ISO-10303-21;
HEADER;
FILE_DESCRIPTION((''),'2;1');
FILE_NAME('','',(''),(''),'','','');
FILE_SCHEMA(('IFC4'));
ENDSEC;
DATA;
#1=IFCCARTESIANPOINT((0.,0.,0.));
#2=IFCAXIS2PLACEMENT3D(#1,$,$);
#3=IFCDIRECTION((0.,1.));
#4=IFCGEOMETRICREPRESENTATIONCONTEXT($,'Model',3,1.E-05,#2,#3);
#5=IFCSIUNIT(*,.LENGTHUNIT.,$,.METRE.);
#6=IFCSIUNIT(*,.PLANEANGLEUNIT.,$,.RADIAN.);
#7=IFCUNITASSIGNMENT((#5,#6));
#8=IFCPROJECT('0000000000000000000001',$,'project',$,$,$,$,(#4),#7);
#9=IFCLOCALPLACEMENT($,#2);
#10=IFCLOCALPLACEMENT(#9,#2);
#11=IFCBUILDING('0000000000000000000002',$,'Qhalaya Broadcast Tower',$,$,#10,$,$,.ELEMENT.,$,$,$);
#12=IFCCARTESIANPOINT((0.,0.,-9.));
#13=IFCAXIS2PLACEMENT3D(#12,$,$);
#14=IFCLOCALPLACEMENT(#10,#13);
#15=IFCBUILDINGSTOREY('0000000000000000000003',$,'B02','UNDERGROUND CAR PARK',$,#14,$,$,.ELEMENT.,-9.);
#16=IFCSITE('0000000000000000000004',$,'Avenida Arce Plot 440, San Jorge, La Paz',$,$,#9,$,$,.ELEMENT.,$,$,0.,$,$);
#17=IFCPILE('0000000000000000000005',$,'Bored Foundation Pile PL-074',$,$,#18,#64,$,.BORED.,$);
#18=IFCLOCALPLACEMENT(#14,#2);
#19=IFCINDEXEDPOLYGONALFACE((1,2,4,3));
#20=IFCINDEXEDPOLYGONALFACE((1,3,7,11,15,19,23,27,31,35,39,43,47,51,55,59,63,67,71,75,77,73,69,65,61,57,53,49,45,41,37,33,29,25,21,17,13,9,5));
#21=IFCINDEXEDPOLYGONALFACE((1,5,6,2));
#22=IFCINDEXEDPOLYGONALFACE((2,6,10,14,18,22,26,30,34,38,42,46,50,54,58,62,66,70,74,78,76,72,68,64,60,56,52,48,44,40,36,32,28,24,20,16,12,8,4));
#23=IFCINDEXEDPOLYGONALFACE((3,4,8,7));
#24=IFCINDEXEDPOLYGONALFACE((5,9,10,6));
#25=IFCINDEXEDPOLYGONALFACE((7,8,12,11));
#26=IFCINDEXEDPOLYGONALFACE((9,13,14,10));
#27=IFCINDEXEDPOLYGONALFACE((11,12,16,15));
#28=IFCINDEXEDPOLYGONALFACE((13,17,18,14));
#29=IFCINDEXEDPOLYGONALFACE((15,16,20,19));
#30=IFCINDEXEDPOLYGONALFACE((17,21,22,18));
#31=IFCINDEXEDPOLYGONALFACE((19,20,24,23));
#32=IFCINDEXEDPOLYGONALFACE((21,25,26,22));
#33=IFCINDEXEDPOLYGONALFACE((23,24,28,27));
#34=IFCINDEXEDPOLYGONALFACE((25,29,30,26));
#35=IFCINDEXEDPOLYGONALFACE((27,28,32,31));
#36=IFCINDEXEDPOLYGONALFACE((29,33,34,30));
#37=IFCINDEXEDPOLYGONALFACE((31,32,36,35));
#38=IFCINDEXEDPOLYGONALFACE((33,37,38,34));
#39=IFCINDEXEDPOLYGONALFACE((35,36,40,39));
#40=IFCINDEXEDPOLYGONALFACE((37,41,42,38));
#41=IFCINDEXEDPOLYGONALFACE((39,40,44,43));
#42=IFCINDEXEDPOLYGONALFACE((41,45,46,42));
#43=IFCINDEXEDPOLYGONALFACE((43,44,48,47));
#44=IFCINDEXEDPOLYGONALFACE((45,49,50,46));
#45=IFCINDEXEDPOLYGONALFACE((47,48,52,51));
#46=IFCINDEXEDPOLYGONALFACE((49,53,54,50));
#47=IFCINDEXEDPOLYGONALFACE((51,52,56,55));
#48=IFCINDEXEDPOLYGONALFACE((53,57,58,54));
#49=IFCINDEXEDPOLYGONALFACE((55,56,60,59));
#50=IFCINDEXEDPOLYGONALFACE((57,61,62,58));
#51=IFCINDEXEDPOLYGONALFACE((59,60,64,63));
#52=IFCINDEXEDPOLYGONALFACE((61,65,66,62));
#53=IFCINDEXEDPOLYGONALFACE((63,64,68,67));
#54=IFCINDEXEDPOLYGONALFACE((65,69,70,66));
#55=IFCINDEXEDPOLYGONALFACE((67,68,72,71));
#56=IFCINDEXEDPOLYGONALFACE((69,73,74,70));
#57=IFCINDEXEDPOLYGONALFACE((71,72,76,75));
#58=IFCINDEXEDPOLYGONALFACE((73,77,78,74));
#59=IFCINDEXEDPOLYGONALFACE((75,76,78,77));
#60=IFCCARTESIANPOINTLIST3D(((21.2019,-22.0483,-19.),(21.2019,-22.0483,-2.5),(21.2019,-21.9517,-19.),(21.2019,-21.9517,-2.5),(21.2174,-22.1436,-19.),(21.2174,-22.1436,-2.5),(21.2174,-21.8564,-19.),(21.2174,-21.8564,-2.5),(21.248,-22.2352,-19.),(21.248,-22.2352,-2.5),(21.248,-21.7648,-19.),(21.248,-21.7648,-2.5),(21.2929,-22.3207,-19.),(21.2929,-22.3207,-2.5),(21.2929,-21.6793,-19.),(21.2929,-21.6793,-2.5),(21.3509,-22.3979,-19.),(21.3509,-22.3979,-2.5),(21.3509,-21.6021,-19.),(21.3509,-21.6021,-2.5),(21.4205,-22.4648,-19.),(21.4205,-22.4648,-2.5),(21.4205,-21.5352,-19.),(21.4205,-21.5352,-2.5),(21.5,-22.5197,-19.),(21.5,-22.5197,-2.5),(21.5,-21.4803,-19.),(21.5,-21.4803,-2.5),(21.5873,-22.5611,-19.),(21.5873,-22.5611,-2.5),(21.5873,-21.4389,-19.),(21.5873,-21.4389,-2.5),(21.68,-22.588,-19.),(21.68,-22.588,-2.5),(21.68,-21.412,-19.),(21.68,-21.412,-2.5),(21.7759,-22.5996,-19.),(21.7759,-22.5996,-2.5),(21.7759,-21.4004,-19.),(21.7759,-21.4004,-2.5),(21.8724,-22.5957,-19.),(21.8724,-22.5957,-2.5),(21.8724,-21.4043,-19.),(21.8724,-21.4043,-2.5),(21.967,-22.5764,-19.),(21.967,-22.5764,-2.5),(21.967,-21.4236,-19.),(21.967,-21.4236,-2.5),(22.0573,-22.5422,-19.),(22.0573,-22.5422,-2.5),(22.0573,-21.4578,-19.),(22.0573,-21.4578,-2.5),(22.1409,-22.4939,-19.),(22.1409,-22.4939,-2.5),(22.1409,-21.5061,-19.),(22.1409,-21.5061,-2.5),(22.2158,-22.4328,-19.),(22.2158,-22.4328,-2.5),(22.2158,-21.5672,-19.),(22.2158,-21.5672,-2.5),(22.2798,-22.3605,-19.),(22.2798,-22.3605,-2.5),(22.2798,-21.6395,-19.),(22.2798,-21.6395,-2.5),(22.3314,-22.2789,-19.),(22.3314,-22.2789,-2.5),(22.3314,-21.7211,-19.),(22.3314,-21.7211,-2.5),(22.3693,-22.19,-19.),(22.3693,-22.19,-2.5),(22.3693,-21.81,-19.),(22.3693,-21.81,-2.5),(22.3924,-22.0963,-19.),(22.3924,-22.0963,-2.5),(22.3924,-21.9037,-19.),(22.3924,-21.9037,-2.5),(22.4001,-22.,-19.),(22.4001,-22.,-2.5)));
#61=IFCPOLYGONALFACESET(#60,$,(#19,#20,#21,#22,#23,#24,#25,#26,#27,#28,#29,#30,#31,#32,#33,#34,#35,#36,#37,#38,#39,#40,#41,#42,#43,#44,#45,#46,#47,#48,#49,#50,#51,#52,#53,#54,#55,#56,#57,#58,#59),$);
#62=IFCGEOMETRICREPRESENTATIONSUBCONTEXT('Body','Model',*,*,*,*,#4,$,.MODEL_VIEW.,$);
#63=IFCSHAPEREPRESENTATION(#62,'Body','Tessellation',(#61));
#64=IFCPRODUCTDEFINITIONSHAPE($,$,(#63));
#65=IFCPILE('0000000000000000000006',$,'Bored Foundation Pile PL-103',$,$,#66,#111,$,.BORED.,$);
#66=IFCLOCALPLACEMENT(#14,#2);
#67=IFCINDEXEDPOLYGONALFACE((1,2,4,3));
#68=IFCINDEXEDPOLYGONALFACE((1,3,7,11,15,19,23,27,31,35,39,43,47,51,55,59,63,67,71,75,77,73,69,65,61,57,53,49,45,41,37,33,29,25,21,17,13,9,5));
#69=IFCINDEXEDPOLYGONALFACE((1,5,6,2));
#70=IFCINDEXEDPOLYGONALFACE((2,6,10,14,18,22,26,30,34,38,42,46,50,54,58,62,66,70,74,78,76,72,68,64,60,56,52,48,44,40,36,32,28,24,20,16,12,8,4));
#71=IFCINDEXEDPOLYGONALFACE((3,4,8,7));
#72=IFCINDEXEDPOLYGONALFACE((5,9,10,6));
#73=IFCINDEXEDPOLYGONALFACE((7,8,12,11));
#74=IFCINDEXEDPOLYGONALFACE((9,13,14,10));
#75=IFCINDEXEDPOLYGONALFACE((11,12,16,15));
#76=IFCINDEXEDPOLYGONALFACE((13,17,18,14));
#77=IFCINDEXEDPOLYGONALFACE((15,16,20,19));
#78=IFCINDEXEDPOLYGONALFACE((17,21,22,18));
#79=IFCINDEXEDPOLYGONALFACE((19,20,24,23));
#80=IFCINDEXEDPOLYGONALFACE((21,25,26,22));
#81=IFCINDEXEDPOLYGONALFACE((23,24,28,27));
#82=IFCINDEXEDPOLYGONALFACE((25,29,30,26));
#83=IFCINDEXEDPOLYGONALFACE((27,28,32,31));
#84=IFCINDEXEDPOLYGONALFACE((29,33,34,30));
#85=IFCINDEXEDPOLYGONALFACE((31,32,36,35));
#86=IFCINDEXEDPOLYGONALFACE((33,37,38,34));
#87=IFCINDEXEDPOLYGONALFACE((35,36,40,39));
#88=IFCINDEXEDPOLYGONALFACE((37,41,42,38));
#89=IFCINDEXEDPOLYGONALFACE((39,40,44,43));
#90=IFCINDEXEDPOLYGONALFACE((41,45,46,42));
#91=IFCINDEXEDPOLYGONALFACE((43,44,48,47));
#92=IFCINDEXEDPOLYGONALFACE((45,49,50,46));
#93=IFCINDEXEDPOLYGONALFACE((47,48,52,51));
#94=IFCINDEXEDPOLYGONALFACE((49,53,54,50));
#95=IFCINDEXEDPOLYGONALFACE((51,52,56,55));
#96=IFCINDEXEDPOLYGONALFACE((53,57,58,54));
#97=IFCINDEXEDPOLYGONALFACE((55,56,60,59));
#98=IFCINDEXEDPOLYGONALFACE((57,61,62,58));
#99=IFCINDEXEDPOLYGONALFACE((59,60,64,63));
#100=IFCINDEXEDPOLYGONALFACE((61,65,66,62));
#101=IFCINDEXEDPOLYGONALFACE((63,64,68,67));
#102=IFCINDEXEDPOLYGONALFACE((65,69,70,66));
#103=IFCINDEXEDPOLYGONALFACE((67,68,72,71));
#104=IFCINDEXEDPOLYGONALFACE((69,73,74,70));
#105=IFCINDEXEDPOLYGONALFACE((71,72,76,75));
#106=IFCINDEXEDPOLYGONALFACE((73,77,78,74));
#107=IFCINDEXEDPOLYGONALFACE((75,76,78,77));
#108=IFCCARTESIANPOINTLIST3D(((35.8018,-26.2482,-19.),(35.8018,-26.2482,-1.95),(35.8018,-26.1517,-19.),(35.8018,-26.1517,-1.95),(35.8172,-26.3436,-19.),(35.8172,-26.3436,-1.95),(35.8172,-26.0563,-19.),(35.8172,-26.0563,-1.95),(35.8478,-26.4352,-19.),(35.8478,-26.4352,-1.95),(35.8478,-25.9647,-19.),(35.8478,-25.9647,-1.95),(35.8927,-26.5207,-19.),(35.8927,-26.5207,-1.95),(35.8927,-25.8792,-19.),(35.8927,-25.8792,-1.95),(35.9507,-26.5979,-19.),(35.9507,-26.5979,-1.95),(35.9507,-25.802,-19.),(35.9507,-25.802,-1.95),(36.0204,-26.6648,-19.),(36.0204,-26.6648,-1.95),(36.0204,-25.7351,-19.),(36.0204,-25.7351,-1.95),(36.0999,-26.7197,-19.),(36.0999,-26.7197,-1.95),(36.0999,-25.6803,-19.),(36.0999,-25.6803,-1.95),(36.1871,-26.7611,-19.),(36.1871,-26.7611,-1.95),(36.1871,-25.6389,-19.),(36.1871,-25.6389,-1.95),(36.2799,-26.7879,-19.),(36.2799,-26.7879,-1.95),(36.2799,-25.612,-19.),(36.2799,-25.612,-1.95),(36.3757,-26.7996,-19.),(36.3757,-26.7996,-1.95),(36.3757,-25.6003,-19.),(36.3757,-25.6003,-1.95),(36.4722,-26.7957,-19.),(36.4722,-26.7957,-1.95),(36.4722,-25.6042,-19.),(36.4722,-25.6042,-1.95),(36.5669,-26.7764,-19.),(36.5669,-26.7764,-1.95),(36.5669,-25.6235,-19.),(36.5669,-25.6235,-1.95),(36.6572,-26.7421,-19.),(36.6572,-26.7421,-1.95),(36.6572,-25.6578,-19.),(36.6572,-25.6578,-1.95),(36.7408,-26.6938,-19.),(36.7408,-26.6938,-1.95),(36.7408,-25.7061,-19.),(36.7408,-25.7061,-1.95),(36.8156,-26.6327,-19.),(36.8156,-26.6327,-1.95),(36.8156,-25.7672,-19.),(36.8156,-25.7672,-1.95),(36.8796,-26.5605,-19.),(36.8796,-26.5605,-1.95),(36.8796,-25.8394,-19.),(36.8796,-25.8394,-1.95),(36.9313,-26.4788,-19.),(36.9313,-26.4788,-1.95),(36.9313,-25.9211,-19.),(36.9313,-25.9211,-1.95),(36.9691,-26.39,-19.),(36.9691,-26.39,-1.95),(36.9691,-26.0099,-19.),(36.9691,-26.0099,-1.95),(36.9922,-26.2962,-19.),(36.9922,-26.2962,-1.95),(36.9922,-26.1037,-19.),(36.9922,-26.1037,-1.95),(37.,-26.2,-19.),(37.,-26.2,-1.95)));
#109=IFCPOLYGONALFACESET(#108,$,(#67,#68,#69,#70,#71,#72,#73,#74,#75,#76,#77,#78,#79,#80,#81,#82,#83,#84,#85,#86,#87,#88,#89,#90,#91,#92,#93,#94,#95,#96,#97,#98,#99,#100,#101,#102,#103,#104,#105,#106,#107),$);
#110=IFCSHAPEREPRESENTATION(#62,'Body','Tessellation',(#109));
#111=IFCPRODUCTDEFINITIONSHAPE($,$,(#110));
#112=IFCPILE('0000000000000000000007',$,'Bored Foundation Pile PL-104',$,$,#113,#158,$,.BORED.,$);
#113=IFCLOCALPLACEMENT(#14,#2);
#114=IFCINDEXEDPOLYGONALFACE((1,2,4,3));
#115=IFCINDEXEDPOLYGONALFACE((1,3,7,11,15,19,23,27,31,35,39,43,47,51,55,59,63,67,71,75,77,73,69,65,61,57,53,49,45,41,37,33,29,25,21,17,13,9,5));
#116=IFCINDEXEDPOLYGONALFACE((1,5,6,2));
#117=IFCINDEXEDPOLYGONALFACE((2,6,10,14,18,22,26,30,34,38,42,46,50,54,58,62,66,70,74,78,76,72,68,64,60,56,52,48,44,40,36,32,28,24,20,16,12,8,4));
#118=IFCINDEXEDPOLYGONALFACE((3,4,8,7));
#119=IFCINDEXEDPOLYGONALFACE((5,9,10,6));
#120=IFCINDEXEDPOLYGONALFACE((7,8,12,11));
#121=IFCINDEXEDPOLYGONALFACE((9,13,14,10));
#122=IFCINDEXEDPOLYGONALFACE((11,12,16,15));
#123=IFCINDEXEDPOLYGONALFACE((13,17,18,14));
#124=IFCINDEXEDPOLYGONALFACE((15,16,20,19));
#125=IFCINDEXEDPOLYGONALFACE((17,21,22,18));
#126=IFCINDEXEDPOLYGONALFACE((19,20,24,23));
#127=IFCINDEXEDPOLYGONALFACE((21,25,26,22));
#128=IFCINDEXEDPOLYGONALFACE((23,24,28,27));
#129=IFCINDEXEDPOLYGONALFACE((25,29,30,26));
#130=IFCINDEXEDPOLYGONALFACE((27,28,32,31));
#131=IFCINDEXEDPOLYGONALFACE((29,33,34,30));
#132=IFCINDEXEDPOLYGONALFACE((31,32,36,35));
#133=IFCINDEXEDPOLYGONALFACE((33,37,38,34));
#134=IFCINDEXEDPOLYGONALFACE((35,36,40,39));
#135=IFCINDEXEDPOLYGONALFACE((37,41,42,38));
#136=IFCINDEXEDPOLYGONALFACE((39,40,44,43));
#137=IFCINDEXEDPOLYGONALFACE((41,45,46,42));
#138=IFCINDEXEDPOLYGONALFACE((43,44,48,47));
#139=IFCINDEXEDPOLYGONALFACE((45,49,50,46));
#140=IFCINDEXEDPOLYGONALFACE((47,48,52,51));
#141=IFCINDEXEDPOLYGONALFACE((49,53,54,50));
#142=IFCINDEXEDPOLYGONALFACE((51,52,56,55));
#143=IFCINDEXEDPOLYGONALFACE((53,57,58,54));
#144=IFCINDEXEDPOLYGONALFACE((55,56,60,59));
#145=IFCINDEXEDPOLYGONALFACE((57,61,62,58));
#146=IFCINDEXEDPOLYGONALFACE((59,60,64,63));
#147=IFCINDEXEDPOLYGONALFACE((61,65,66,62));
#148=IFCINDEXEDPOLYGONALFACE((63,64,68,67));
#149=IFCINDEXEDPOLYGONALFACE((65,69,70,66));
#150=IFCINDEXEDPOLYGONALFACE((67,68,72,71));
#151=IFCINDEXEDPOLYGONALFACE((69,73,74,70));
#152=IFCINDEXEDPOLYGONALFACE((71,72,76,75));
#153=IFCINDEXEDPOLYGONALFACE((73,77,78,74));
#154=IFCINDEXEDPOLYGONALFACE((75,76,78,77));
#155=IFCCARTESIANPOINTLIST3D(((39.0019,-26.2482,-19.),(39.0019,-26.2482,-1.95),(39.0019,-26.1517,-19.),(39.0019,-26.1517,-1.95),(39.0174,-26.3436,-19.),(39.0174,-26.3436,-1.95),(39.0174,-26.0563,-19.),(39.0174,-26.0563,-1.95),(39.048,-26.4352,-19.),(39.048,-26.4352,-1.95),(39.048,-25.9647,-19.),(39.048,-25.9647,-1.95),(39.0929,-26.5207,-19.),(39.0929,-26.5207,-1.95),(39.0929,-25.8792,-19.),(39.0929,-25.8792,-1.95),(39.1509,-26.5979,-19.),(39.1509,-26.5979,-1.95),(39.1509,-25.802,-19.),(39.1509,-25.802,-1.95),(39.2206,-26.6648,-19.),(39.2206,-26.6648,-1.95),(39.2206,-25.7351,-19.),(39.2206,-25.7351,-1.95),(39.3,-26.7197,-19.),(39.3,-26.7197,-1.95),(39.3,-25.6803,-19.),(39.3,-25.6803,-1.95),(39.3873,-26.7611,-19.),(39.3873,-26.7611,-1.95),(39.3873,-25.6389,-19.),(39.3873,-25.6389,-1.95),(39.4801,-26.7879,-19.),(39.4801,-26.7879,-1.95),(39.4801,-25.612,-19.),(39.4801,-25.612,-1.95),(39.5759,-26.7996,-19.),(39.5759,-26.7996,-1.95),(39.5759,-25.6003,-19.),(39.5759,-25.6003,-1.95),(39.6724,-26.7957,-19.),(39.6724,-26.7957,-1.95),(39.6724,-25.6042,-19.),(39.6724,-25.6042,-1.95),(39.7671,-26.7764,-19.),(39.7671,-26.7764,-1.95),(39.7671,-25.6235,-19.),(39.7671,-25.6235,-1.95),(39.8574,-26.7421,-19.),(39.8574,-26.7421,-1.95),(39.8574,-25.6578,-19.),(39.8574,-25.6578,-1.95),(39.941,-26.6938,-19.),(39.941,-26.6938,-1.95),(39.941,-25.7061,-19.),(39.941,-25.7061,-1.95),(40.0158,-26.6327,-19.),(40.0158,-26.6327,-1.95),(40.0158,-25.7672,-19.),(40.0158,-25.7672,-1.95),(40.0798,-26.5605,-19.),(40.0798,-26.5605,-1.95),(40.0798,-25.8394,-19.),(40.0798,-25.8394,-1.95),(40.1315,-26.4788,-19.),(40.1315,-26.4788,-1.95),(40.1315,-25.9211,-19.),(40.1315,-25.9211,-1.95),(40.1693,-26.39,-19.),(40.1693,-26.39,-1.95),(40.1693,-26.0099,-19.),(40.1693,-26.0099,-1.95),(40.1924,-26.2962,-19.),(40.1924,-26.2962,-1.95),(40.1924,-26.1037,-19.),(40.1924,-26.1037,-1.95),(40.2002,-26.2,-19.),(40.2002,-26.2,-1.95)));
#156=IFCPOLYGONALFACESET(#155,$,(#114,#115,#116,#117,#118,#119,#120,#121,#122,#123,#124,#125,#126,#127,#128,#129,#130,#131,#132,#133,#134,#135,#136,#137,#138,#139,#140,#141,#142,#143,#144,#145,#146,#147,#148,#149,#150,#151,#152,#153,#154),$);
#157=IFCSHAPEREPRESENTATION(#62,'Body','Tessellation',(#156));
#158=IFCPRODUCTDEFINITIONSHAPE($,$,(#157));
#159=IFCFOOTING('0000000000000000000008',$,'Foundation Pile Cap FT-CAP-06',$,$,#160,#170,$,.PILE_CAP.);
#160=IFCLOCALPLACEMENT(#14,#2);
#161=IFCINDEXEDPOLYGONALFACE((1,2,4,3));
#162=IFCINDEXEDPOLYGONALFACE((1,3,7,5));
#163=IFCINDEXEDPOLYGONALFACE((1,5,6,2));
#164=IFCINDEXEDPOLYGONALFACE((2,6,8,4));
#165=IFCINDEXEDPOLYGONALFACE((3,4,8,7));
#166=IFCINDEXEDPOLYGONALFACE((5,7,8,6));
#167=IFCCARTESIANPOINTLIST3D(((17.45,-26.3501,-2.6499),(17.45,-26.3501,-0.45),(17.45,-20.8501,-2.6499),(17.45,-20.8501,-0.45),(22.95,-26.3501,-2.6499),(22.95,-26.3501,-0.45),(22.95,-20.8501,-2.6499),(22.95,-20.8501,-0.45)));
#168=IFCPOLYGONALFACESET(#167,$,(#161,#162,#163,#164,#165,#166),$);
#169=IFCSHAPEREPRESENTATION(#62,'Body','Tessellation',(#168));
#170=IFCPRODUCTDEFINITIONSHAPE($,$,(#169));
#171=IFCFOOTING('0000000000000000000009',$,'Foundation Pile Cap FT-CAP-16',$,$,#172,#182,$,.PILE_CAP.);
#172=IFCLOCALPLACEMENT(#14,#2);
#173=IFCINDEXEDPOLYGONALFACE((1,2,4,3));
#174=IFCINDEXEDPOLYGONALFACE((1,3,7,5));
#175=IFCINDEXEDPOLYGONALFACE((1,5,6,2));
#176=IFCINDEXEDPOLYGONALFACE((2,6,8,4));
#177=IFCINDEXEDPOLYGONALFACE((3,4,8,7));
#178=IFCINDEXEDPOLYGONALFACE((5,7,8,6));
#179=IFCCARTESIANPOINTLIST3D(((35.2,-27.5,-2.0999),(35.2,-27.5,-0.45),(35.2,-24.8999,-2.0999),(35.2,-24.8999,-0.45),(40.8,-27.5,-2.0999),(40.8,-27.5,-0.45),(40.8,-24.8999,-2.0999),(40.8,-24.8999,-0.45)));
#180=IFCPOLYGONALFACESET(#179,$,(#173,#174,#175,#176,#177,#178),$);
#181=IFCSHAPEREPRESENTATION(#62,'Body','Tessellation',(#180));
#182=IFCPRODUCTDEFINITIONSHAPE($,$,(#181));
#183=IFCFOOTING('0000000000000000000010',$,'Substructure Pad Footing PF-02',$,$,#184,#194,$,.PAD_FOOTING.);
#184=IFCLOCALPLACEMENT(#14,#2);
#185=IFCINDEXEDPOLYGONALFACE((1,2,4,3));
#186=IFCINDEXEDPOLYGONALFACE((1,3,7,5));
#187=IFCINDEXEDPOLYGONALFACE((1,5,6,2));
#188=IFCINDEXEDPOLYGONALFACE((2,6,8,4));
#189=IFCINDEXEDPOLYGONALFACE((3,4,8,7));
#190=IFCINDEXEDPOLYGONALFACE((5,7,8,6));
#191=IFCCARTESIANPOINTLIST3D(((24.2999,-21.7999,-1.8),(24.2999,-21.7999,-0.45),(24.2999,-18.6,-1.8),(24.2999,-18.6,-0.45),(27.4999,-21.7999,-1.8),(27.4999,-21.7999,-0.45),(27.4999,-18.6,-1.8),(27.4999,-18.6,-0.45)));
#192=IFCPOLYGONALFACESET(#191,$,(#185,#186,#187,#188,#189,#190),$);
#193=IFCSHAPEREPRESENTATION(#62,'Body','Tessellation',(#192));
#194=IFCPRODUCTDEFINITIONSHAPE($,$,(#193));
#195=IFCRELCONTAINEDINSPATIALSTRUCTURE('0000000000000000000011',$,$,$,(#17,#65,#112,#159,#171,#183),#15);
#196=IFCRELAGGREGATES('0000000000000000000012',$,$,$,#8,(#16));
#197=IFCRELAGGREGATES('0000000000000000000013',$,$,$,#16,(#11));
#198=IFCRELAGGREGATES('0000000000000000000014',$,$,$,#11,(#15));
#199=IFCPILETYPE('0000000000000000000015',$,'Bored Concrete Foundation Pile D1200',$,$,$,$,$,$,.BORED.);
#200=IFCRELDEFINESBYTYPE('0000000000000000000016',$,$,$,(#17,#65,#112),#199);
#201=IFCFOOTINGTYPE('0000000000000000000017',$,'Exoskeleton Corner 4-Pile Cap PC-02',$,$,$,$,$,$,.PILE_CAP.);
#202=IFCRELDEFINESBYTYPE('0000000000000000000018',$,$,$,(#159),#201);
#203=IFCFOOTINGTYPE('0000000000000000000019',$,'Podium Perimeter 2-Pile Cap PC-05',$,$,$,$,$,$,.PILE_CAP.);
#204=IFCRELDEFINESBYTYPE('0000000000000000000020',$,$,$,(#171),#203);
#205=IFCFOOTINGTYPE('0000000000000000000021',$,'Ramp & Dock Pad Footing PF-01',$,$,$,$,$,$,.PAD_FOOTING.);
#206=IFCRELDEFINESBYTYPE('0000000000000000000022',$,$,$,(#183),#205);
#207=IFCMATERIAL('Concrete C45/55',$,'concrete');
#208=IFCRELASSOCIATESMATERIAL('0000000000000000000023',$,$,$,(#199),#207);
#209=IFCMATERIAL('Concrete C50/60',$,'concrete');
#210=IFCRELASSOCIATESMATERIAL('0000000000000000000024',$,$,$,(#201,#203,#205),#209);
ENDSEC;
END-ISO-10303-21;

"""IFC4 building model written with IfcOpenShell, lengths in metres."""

from ifc_helpers import new_model, si_unit, direction, frame, origin, origin_2d, place, context, subcontext, project, spatial, rectangle, circle, extrude, material, material_profile, profile_set, type_object, element, save


model = new_model("IFC4")

# Units and contexts
model_context = context("Model", 3, precision=1e-05, world=origin(), true_north=direction((0.0, 1.0)))
body_context = subcontext(model_context, "Body", "Model", "MODEL_VIEW")
ifc_project = project(units=[si_unit("LENGTHUNIT", "METRE"), si_unit("PLANEANGLEUNIT", "RADIAN")], contexts=[model_context])

# Site, building, storey
site_placement = place(None, origin())
site = spatial("IfcSite", under=ifc_project, at=site_placement, Name="Avenida Arce Plot 440, San Jorge, La Paz", CompositionType="ELEMENT", RefElevation=0.0)
building_placement = place(site_placement, origin())
building = spatial("IfcBuilding", under=site, at=building_placement, Name="Qhalaya Broadcast Tower", CompositionType="ELEMENT")
storey_placement = place(building_placement, frame((0.0, 0.0, -9.0)))
storey = spatial("IfcBuildingStorey", under=building, at=storey_placement, Name="B02", Description="UNDERGROUND CAR PARK", CompositionType="ELEMENT", Elevation=-9.0)

# Piles
ifc_material_1 = material(Name="Concrete C45/55", Category="concrete")
ifc_material_profile_1 = material_profile(ifc_material_1, circle(Radius=0.6001, at=origin_2d()), Name="PILE D1200")
ifc_profile_set_1 = profile_set([ifc_material_profile_1], Name="Concrete C45/55")
pile_type = type_object("IfcPileType", Name="Bored Concrete Foundation Pile D1200", PredefinedType="BORED", material=ifc_profile_set_1)
for number, where, z_axis, x_axis, name in (
    (1, (21.8, -22.0, -2.5), (0.0, 0.0, -1.0), (1.0, 0.0, 0.0), "Bored Foundation Pile PL-074"),
):
    element("IfcPile", number, at=place(storey_placement, frame(where, z_axis=z_axis, x_axis=x_axis)), inside=storey, type_object=pile_type, Name=name, PredefinedType="BORED", context=body_context, shape_type="SweptSolid", body=[
        extrude(circle(Radius=0.6001, at=origin_2d()), origin(), (0.0, 0.0, 1.0), 16.5),
    ])
for number, where, z_axis, x_axis, name in (
    (2, (36.3999, -26.2, -1.95), (0.0, 0.0, -1.0), (1.0, 0.0, 0.0), "Bored Foundation Pile PL-103"),
    (3, (39.6001, -26.2, -1.95), (0.0, 0.0, -1.0), (1.0, 0.0, 0.0), "Bored Foundation Pile PL-104"),
):
    element("IfcPile", number, at=place(storey_placement, frame(where, z_axis=z_axis, x_axis=x_axis)), inside=storey, type_object=pile_type, Name=name, PredefinedType="BORED", context=body_context, shape_type="SweptSolid", body=[
        extrude(circle(Radius=0.6001, at=origin_2d()), origin(), (0.0, 0.0, 1.0), 17.05),
    ])

# Footings
ifc_material_2 = material(Name="Concrete C50/60", Category="concrete")
footing_type_1 = type_object("IfcFootingType", Name="Exoskeleton Corner 4-Pile Cap PC-02", PredefinedType="PILE_CAP", material=ifc_material_2)
footing_1_placement = place(storey_placement, frame((20.2, -23.6001, -2.6499), z_axis=(0.0, 0.0, 1.0), x_axis=(1.0, 0.0, 0.0)))
element("IfcFooting", 4, at=footing_1_placement, inside=storey, type_object=footing_type_1, Name="Foundation Pile Cap FT-CAP-06", PredefinedType="PILE_CAP", context=body_context, shape_type="SweptSolid", body=[
    extrude(rectangle(XDim=5.5, YDim=5.5, at=origin_2d()), origin(), (0.0, 0.0, 1.0), 2.2),
])
footing_type_2 = type_object("IfcFootingType", Name="Podium Perimeter 2-Pile Cap PC-05", PredefinedType="PILE_CAP", material=ifc_material_2)
footing_2_placement = place(storey_placement, frame((38.0, -26.2, -2.0999), z_axis=(0.0, 0.0, 1.0), x_axis=(1.0, 0.0, 0.0)))
element("IfcFooting", 5, at=footing_2_placement, inside=storey, type_object=footing_type_2, Name="Foundation Pile Cap FT-CAP-16", PredefinedType="PILE_CAP", context=body_context, shape_type="SweptSolid", body=[
    extrude(rectangle(XDim=5.6001, YDim=2.6001, at=origin_2d()), origin(), (0.0, 0.0, 1.0), 1.6499),
])
footing_type_3 = type_object("IfcFootingType", Name="Ramp & Dock Pad Footing PF-01", PredefinedType="PAD_FOOTING", material=ifc_material_2)
footing_3_placement = place(storey_placement, frame((25.8999, -20.2, -1.8), z_axis=(0.0, 0.0, 1.0), x_axis=(1.0, 0.0, 0.0)))
element("IfcFooting", 6, at=footing_3_placement, inside=storey, type_object=footing_type_3, Name="Substructure Pad Footing PF-02", PredefinedType="PAD_FOOTING", context=body_context, shape_type="SweptSolid", body=[
    extrude(rectangle(XDim=3.2, YDim=3.2, at=origin_2d()), origin(), (0.0, 0.0, 1.0), 1.3501),
])

save(model, "model.ifc")
